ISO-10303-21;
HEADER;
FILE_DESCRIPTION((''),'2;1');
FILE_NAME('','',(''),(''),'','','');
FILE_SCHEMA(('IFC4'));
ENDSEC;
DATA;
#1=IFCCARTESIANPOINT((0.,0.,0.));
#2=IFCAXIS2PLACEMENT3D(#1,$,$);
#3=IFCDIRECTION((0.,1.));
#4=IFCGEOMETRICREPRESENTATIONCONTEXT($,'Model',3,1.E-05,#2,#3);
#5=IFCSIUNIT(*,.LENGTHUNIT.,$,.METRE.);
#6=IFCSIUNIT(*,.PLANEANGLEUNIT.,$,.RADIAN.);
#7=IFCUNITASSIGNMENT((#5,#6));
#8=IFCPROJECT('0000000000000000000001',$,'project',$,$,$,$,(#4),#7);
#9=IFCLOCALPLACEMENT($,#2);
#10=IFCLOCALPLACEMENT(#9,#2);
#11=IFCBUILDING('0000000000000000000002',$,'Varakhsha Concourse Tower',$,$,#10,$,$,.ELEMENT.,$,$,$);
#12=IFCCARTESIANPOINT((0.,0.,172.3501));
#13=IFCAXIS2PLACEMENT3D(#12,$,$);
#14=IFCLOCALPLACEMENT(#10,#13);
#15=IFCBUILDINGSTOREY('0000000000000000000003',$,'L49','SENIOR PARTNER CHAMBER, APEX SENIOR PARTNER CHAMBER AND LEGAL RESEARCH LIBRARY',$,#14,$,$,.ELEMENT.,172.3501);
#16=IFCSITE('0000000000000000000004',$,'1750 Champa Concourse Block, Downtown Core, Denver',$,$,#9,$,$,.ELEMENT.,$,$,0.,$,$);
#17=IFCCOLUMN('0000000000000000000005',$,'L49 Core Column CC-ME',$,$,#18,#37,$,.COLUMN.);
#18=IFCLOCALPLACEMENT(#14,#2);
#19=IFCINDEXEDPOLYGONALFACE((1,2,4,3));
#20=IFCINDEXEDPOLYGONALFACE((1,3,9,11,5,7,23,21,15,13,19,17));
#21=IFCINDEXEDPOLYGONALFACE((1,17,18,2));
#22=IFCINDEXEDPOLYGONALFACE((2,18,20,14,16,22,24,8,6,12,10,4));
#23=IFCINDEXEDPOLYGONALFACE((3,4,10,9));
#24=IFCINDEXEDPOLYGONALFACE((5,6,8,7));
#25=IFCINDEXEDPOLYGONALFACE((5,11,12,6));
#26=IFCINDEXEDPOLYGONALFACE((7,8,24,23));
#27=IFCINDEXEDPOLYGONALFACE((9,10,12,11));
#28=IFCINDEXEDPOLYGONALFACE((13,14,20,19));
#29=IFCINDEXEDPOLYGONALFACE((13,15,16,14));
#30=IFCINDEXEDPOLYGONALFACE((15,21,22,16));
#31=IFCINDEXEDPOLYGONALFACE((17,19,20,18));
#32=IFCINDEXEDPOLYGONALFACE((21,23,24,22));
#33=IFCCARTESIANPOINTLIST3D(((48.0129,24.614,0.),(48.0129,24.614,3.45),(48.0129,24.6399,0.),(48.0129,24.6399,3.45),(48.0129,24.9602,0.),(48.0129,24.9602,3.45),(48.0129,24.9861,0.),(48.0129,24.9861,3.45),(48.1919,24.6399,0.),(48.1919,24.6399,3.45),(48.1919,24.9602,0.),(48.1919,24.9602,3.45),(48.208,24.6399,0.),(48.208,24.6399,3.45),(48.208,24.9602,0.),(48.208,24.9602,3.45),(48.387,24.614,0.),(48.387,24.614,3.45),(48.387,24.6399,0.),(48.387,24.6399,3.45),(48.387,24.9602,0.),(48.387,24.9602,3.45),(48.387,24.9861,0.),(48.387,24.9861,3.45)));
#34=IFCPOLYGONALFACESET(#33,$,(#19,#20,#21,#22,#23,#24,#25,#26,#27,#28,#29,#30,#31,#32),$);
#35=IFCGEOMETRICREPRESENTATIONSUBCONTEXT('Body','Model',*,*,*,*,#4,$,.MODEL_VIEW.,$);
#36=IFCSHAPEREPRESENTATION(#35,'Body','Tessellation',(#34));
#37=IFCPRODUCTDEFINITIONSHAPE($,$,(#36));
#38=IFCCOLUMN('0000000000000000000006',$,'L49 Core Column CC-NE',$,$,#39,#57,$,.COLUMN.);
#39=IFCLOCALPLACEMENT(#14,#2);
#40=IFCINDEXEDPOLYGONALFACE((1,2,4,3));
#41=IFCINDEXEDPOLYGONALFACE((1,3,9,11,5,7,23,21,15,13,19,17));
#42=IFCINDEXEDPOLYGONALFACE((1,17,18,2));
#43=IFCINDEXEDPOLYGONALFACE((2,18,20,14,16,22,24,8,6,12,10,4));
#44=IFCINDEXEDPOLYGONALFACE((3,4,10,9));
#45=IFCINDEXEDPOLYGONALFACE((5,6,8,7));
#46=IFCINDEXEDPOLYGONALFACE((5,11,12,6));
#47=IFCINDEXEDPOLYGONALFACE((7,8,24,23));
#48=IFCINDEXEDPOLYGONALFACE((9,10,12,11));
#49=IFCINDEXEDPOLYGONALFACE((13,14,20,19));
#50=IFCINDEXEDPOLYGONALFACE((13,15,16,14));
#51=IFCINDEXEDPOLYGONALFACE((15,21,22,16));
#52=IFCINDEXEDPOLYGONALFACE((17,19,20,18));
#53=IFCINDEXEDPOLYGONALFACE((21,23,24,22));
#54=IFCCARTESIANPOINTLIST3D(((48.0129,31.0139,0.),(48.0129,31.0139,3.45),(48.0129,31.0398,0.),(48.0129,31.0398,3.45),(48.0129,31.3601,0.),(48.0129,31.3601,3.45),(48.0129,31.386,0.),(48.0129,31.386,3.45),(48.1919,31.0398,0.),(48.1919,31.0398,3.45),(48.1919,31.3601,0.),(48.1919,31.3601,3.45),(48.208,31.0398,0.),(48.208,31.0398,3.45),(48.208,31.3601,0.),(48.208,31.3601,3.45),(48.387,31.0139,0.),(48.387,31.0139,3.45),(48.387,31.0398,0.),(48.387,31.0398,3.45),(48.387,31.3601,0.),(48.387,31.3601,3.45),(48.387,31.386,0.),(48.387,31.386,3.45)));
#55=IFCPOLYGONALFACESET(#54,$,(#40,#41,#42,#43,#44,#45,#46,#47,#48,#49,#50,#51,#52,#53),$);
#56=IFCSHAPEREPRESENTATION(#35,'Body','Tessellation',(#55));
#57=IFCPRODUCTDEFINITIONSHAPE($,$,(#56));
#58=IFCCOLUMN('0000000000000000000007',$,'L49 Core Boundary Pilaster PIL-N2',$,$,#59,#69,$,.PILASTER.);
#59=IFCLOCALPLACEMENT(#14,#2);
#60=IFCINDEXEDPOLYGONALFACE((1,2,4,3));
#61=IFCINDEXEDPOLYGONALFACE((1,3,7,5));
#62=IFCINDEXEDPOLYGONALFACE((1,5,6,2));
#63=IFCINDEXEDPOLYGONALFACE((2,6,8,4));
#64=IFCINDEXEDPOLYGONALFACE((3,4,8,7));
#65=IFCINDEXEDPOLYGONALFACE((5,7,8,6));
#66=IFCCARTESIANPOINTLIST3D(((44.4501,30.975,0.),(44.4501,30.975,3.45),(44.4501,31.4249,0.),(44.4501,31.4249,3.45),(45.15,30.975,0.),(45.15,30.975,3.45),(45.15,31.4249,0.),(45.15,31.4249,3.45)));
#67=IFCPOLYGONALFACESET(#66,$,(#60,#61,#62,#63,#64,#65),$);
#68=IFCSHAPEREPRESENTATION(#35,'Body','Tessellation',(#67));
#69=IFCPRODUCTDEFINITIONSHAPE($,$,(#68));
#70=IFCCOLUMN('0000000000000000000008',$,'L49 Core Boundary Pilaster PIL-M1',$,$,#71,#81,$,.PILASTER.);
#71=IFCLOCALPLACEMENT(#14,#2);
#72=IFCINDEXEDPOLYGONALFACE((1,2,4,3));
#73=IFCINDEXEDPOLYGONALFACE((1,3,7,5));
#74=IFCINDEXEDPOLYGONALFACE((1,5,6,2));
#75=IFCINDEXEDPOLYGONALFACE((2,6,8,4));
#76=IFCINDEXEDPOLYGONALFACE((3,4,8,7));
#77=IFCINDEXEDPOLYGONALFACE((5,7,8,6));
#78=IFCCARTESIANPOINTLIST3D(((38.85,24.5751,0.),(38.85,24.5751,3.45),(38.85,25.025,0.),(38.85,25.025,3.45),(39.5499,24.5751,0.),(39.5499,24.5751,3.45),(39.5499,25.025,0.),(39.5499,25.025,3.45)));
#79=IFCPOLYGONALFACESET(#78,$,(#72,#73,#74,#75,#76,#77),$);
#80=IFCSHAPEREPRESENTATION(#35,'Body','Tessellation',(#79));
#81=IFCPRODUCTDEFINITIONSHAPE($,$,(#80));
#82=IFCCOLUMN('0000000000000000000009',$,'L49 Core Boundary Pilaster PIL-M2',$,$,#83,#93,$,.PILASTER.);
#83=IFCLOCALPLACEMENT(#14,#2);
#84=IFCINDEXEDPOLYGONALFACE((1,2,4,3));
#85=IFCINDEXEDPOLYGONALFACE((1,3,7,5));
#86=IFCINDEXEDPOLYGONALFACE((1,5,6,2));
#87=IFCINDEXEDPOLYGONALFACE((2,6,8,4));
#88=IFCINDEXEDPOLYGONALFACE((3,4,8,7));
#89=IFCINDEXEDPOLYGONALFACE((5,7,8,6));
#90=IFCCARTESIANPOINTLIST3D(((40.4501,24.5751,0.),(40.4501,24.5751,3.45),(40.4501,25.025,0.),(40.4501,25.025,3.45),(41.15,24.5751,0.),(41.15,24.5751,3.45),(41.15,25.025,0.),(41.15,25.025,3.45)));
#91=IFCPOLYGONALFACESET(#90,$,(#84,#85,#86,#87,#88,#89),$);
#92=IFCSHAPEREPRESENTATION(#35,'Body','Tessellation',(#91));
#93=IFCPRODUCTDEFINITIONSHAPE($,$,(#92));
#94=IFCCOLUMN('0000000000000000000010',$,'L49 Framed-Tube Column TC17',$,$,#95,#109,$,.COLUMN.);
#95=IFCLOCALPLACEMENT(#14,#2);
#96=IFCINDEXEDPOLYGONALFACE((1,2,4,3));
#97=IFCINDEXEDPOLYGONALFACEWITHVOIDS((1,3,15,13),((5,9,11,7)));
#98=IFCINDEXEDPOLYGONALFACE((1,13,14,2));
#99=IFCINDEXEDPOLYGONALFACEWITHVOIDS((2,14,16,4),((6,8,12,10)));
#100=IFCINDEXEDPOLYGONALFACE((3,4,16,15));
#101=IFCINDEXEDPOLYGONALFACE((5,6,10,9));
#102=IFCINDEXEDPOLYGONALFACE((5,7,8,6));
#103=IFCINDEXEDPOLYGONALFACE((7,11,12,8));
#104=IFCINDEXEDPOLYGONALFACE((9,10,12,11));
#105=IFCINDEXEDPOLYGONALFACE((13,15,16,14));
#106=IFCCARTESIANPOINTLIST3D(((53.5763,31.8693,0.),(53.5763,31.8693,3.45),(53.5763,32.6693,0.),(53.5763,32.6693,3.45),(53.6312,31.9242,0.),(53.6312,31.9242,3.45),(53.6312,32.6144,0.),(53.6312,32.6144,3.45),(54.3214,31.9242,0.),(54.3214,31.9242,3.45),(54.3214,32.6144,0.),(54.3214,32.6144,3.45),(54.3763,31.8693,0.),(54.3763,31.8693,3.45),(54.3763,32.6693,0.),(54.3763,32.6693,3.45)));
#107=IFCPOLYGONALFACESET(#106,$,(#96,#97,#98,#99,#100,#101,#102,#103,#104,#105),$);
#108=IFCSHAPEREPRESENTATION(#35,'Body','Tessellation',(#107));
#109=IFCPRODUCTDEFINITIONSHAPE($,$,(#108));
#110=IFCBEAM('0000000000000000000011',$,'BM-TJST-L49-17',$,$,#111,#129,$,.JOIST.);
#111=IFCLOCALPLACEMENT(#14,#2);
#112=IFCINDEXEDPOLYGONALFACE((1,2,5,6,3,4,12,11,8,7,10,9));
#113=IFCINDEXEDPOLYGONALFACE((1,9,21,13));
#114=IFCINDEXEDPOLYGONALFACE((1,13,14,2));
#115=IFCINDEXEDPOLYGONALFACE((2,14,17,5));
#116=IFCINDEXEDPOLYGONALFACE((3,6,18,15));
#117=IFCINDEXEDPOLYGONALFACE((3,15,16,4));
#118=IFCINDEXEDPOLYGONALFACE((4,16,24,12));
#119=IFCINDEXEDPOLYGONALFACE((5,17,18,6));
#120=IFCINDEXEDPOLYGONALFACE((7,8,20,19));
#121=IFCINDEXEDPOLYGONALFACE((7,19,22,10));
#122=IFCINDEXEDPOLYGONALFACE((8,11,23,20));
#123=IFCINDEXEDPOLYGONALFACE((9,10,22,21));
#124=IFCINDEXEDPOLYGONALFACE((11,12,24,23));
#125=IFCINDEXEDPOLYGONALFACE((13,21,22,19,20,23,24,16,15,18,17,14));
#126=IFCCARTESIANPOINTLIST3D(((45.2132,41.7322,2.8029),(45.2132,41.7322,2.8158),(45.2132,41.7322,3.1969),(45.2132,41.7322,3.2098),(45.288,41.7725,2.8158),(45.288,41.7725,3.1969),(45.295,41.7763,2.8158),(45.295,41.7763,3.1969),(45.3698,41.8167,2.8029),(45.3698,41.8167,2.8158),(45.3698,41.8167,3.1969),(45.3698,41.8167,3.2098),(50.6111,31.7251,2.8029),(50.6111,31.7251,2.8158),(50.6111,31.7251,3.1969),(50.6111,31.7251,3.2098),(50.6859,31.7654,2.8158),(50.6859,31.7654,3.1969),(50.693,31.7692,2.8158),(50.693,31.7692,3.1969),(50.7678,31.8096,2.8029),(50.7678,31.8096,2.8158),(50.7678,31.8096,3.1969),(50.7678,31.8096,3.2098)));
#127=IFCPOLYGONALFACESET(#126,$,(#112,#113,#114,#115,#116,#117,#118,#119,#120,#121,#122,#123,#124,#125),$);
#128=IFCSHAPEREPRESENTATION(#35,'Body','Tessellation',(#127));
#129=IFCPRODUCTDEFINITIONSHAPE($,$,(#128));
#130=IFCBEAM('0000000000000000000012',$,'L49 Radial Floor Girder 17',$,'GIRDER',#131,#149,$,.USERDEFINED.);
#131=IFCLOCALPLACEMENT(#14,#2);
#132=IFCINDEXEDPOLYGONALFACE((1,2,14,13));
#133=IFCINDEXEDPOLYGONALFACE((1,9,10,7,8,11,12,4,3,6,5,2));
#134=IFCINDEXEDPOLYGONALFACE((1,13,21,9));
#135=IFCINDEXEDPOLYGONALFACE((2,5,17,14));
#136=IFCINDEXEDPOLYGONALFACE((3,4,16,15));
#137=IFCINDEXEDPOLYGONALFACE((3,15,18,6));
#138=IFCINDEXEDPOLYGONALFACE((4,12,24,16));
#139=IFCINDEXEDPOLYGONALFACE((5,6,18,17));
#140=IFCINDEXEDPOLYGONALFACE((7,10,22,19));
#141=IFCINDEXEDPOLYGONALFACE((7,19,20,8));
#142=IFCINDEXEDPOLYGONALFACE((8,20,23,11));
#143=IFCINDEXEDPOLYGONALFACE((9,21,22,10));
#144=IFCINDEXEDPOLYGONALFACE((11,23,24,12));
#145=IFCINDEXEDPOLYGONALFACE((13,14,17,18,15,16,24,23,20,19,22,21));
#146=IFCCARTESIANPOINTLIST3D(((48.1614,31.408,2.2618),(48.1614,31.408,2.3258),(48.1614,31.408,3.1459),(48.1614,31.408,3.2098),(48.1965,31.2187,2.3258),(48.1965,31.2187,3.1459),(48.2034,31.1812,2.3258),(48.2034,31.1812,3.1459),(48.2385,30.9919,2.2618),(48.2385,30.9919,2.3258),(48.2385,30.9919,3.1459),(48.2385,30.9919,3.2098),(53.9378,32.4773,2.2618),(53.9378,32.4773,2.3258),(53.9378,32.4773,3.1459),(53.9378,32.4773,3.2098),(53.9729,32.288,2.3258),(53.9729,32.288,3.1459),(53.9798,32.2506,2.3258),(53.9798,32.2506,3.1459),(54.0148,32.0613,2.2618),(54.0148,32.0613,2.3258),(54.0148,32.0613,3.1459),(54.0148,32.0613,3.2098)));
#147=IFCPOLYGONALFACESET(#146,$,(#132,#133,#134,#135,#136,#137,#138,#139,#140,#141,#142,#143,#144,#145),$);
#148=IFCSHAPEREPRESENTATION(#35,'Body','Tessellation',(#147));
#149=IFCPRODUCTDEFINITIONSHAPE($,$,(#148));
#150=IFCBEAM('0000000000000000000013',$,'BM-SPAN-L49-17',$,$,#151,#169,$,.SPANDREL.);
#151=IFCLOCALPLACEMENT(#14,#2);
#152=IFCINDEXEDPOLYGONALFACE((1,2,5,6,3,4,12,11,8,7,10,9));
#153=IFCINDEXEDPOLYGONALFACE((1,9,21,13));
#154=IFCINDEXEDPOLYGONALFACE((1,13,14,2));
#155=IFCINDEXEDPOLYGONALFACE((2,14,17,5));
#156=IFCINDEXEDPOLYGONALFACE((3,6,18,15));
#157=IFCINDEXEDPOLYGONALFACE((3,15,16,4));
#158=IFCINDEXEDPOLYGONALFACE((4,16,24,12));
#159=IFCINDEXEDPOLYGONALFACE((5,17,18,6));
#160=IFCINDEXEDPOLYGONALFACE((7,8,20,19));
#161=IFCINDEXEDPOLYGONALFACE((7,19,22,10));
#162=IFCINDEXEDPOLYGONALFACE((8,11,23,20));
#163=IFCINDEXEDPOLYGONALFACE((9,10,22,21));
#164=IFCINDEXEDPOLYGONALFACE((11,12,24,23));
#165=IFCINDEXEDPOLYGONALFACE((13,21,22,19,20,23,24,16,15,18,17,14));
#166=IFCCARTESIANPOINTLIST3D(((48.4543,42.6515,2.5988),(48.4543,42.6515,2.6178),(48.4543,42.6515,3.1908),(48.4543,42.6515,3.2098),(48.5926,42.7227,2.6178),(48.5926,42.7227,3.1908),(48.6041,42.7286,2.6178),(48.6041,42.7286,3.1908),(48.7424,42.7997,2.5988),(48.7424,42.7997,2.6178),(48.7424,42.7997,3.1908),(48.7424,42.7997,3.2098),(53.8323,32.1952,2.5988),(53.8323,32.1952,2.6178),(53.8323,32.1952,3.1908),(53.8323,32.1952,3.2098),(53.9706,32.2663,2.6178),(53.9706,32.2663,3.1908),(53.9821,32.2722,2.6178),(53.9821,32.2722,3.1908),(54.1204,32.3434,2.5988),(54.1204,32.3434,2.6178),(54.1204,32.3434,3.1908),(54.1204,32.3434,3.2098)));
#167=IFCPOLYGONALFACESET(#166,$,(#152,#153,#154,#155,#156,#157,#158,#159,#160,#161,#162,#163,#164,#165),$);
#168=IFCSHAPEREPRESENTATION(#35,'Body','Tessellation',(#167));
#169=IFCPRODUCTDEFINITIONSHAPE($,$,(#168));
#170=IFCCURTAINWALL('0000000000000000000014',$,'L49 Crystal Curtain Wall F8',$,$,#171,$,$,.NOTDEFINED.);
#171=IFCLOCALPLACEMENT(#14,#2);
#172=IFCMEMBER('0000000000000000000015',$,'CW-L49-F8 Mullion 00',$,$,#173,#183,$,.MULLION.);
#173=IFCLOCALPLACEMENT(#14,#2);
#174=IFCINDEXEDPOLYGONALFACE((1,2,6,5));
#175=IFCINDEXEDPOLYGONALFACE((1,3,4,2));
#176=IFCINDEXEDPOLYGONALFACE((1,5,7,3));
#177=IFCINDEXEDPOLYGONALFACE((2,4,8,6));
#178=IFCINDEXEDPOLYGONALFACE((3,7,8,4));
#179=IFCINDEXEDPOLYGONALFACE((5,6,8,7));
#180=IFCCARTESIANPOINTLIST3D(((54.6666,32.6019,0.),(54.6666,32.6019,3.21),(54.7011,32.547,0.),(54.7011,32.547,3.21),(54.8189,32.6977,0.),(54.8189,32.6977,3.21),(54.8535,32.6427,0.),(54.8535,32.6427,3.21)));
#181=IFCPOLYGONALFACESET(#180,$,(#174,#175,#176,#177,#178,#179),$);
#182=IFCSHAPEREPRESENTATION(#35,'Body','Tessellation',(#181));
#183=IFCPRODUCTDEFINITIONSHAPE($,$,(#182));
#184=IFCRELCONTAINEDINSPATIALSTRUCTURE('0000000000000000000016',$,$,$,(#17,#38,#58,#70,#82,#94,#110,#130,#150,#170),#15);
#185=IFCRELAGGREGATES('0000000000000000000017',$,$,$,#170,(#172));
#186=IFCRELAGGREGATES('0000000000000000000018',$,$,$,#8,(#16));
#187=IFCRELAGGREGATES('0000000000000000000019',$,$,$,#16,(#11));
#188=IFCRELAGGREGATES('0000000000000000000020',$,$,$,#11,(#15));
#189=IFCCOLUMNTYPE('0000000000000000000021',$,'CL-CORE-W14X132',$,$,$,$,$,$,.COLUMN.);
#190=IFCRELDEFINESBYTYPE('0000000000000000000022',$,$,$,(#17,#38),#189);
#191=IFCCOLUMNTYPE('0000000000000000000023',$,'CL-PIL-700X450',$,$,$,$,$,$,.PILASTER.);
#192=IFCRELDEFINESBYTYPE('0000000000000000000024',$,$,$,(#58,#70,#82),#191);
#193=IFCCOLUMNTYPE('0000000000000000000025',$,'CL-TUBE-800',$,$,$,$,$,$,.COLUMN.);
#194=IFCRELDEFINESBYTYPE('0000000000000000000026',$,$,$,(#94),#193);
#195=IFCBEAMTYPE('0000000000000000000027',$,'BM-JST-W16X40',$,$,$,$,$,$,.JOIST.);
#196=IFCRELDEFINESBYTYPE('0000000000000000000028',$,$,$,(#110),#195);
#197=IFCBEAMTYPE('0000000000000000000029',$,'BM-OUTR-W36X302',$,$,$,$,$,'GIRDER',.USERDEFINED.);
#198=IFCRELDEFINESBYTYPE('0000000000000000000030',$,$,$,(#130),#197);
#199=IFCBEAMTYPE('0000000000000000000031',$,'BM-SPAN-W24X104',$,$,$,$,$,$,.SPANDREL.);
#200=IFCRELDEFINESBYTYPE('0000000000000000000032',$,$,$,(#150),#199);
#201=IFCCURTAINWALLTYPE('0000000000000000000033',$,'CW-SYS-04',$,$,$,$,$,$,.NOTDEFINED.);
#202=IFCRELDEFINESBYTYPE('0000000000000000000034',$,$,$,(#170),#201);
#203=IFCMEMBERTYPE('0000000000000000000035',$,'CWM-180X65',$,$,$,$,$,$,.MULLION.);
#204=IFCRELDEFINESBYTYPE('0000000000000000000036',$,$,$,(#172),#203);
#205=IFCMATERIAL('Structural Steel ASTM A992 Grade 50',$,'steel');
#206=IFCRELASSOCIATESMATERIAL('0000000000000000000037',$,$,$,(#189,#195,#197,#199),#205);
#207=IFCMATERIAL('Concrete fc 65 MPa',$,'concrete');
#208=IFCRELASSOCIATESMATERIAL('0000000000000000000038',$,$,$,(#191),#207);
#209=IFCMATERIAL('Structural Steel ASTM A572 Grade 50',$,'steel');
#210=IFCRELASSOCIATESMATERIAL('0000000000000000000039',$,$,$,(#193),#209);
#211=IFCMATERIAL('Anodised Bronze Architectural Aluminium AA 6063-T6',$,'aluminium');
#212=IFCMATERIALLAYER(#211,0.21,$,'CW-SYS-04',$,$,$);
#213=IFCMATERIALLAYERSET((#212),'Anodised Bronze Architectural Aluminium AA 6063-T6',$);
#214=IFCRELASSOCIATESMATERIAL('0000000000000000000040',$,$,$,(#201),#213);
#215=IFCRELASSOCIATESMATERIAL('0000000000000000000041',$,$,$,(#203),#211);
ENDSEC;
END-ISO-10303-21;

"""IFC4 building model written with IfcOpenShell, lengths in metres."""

from ifc_helpers import new_model, si_unit, direction, frame, origin, origin_2d, place, context, subcontext, project, spatial, rectangle, hollow_rectangle, i_section, extrude, source, transform, mapped, material, layer, layer_set, material_profile, profile_set, type_object, type_shapes, element, aggregate, save


model = new_model("IFC4")

# Units and contexts
model_context = context("Model", 3, precision=1e-05, world=origin(), true_north=direction((0.0, 1.0)))
body_context = subcontext(model_context, "Body", "Model", "MODEL_VIEW")
ifc_project = project(units=[si_unit("LENGTHUNIT", "METRE"), si_unit("PLANEANGLEUNIT", "RADIAN")], contexts=[model_context])

# Site, building, storey
site_placement = place(None, origin())
site = spatial("IfcSite", under=ifc_project, at=site_placement, Name="1750 Champa Concourse Block, Downtown Core, Denver", CompositionType="ELEMENT", RefElevation=0.0)
building_placement = place(site_placement, origin())
building = spatial("IfcBuilding", under=site, at=building_placement, Name="Varakhsha Concourse Tower", CompositionType="ELEMENT")
storey_placement = place(building_placement, frame((0.0, 0.0, 172.3501)))
storey = spatial("IfcBuildingStorey", under=building, at=storey_placement, Name="L49", Description="SENIOR PARTNER CHAMBER, APEX SENIOR PARTNER CHAMBER AND LEGAL RESEARCH LIBRARY", CompositionType="ELEMENT", Elevation=172.3501)

# Columns
ifc_material_1 = material(Name="Structural Steel ASTM A992 Grade 50", Category="steel")
ifc_material_profile_1 = material_profile(ifc_material_1, i_section(OverallWidth=0.374, OverallDepth=0.3721, WebThickness=0.0161, FlangeThickness=0.0259, at=origin_2d()), Name="W14X132")
ifc_profile_set_1 = profile_set([ifc_material_profile_1], Name="Structural Steel ASTM A992 Grade 50")
column_type_1 = type_object("IfcColumnType", Name="CL-CORE-W14X132", PredefinedType="COLUMN", material=ifc_profile_set_1)
for number, where, z_axis, x_axis, name in (
    (1, (48.2, 24.8, 0.0), (0.0, 0.0, 1.0), (1.0, 0.0, 0.0), "L49 Core Column CC-ME"),
    (2, (48.2, 31.2, 0.0), (0.0, 0.0, 1.0), (1.0, 0.0, 0.0), "L49 Core Column CC-NE"),
):
    element("IfcColumn", number, at=place(storey_placement, frame(where, z_axis=z_axis, x_axis=x_axis)), inside=storey, type_object=column_type_1, Name=name, PredefinedType="COLUMN", context=body_context, shape_type="SweptSolid", body=[
        extrude(i_section(OverallWidth=0.374, OverallDepth=0.3721, WebThickness=0.0161, FlangeThickness=0.0259, at=origin_2d()), origin(), (0.0, 0.0, 1.0), 3.45),
    ])
ifc_material_2 = material(Name="Concrete fc 65 MPa", Category="concrete")
ifc_material_profile_2 = material_profile(ifc_material_2, rectangle(XDim=0.7, YDim=0.45, at=origin_2d()), Name="RC 700x450")
ifc_profile_set_2 = profile_set([ifc_material_profile_2], Name="Concrete fc 65 MPa")
column_type_2 = type_object("IfcColumnType", Name="CL-PIL-700X450", PredefinedType="PILASTER", material=ifc_profile_set_2)
for number, where, z_axis, x_axis, name in (
    (3, (44.8, 31.2, 0.0), (0.0, 0.0, 1.0), (1.0, 0.0, 0.0), "L49 Core Boundary Pilaster PIL-N2"),
    (4, (39.2, 24.8, 0.0), (0.0, 0.0, 1.0), (1.0, 0.0, 0.0), "L49 Core Boundary Pilaster PIL-M1"),
    (5, (40.8, 24.8, 0.0), (0.0, 0.0, 1.0), (1.0, 0.0, 0.0), "L49 Core Boundary Pilaster PIL-M2"),
):
    element("IfcColumn", number, at=place(storey_placement, frame(where, z_axis=z_axis, x_axis=x_axis)), inside=storey, type_object=column_type_2, Name=name, PredefinedType="PILASTER", context=body_context, shape_type="SweptSolid", body=[
        extrude(rectangle(XDim=0.7, YDim=0.45, at=origin_2d()), origin(), (0.0, 0.0, 1.0), 3.45),
    ])
ifc_material_3 = material(Name="Structural Steel ASTM A572 Grade 50", Category="steel")
ifc_material_profile_3 = material_profile(ifc_material_3, hollow_rectangle(XDim=0.8, YDim=0.8, WallThickness=0.0549, at=origin_2d()), Name="BOX 800x800x55")
ifc_profile_set_3 = profile_set([ifc_material_profile_3], Name="Structural Steel ASTM A572 Grade 50")
column_type_3 = type_object("IfcColumnType", Name="CL-TUBE-800", PredefinedType="COLUMN", material=ifc_profile_set_3)
column_placement = place(storey_placement, frame((53.9763, 32.2693, 0.0), z_axis=(0.0, 0.0, 1.0), x_axis=(1.0, 0.0, 0.0)))
element("IfcColumn", 6, at=column_placement, inside=storey, type_object=column_type_3, Name="L49 Framed-Tube Column TC17", PredefinedType="COLUMN", context=body_context, shape_type="SweptSolid", body=[
    extrude(hollow_rectangle(XDim=0.8, YDim=0.8, WallThickness=0.0549, at=origin_2d()), origin(), (0.0, 0.0, 1.0), 3.45),
])

# Beams
ifc_material_profile_4 = material_profile(ifc_material_1, i_section(OverallWidth=0.178, OverallDepth=0.407, WebThickness=0.0081, FlangeThickness=0.0129, at=origin_2d()), Name="W16X40")
ifc_profile_set_4 = profile_set([ifc_material_profile_4], Name="Structural Steel ASTM A992 Grade 50")
beam_type_1 = type_object("IfcBeamType", Name="BM-JST-W16X40", PredefinedType="JOIST", material=ifc_profile_set_4)
beam_1_placement = place(storey_placement, frame((50.6895, 31.7673, 3.0063), z_axis=(-0.474749, 0.880121, 0.0), x_axis=(-0.880121, -0.474749, 0.0)))
element("IfcBeam", 7, at=beam_1_placement, inside=storey, type_object=beam_type_1, Name="BM-TJST-L49-17", PredefinedType="JOIST", context=body_context, shape_type="SweptSolid", body=[
    extrude(i_section(OverallWidth=0.178, OverallDepth=0.407, WebThickness=0.0081, FlangeThickness=0.0129, at=origin_2d()), origin(), (0.0, 0.0, 1.0), 11.3701),
])
ifc_material_profile_5 = material_profile(ifc_material_1, i_section(OverallWidth=0.4231, OverallDepth=0.948, WebThickness=0.0381, FlangeThickness=0.064, at=origin_2d()), Name="W36X302")
ifc_profile_set_5 = profile_set([ifc_material_profile_5], Name="Structural Steel ASTM A992 Grade 50")
beam_type_2 = type_object("IfcBeamType", Name="BM-OUTR-W36X302", ElementType="GIRDER", PredefinedType="USERDEFINED", material=ifc_profile_set_5)
beam_2_placement = place(storey_placement, frame((48.2, 31.2, 2.7358), z_axis=(0.983293, 0.18203, 0.0), x_axis=(-0.18203, 0.983293, 0.0)))
element("IfcBeam", 8, at=beam_2_placement, inside=storey, type_object=beam_type_2, Name="L49 Radial Floor Girder 17", ObjectType="GIRDER", PredefinedType="USERDEFINED", context=body_context, shape_type="SweptSolid", body=[
    extrude(i_section(OverallWidth=0.4231, OverallDepth=0.948, WebThickness=0.0381, FlangeThickness=0.064, at=origin_2d()), origin(), (0.0, 0.0, 1.0), 5.8745),
])
ifc_material_profile_6 = material_profile(ifc_material_1, i_section(OverallWidth=0.324, OverallDepth=0.6111, WebThickness=0.0129, FlangeThickness=0.019, at=origin_2d()), Name="W24X104")
ifc_profile_set_6 = profile_set([ifc_material_profile_6], Name="Structural Steel ASTM A992 Grade 50")
beam_type_3 = type_object("IfcBeamType", Name="BM-SPAN-W24X104", PredefinedType="SPANDREL", material=ifc_profile_set_6)
beam_3_placement = place(storey_placement, frame((53.9763, 32.2693, 2.9043), z_axis=(-0.457375, 0.889274, 0.0), x_axis=(-0.889274, -0.457375, 0.0)))
element("IfcBeam", 9, at=beam_3_placement, inside=storey, type_object=beam_type_3, Name="BM-SPAN-L49-17", PredefinedType="SPANDREL", context=body_context, shape_type="SweptSolid", body=[
    extrude(i_section(OverallWidth=0.324, OverallDepth=0.6111, WebThickness=0.0129, FlangeThickness=0.019, at=origin_2d()), origin(), (0.0, 0.0, 1.0), 11.7583),
])

# Curtain wall, member
ifc_material_4 = material(Name="Anodised Bronze Architectural Aluminium AA 6063-T6", Category="aluminium")
ifc_layer_1 = layer(ifc_material_4, 0.21, Name="CW-SYS-04")
ifc_layer_set_1 = layer_set([ifc_layer_1], Name="Anodised Bronze Architectural Aluminium AA 6063-T6")
curtain_wall_type = type_object("IfcCurtainWallType", Name="CW-SYS-04", PredefinedType="NOTDEFINED", material=ifc_layer_set_1)
curtain_wall_1_placement = place(storey_placement, origin())
curtain_wall_1 = element("IfcCurtainWall", 10, at=curtain_wall_1_placement, inside=storey, type_object=curtain_wall_type, Name="L49 Crystal Curtain Wall F8", PredefinedType="NOTDEFINED")
ifc_material_profile_7 = material_profile(ifc_material_4, rectangle(XDim=0.0649, YDim=0.1799, at=origin_2d()), Name="CWM-180X65")
ifc_profile_set_7 = profile_set([ifc_material_profile_7], Name="Anodised Bronze Architectural Aluminium AA 6063-T6")
member_type_1 = type_object("IfcMemberType", Name="CWM-180X65", PredefinedType="MULLION", material=ifc_profile_set_7)
shared_shape_1 = source(origin(), body_context, "Body", "SweptSolid", [
    extrude(rectangle(XDim=0.0649, YDim=0.1799, at=origin_2d()), origin(), (0.0, 0.0, 1.0), 3.21),
])
type_shapes(member_type_1, [shared_shape_1])
member_1_placement = place(storey_placement, frame((54.76, 32.6223, 0.0), z_axis=(0.0, 0.0, 1.0), x_axis=(0.532022, -0.84673, 0.0)))
member_1 = element("IfcMember", 11, at=member_1_placement, type_object=member_type_1, Name="CW-L49-F8 Mullion 00", PredefinedType="MULLION", context=body_context, shape_type="MappedRepresentation", body=[
    mapped(shared_shape_1, transform((0.0, 0.0, 0.0), scale=1.0)),
])

aggregate(curtain_wall_1, [member_1])

save(model, "model.ifc")
